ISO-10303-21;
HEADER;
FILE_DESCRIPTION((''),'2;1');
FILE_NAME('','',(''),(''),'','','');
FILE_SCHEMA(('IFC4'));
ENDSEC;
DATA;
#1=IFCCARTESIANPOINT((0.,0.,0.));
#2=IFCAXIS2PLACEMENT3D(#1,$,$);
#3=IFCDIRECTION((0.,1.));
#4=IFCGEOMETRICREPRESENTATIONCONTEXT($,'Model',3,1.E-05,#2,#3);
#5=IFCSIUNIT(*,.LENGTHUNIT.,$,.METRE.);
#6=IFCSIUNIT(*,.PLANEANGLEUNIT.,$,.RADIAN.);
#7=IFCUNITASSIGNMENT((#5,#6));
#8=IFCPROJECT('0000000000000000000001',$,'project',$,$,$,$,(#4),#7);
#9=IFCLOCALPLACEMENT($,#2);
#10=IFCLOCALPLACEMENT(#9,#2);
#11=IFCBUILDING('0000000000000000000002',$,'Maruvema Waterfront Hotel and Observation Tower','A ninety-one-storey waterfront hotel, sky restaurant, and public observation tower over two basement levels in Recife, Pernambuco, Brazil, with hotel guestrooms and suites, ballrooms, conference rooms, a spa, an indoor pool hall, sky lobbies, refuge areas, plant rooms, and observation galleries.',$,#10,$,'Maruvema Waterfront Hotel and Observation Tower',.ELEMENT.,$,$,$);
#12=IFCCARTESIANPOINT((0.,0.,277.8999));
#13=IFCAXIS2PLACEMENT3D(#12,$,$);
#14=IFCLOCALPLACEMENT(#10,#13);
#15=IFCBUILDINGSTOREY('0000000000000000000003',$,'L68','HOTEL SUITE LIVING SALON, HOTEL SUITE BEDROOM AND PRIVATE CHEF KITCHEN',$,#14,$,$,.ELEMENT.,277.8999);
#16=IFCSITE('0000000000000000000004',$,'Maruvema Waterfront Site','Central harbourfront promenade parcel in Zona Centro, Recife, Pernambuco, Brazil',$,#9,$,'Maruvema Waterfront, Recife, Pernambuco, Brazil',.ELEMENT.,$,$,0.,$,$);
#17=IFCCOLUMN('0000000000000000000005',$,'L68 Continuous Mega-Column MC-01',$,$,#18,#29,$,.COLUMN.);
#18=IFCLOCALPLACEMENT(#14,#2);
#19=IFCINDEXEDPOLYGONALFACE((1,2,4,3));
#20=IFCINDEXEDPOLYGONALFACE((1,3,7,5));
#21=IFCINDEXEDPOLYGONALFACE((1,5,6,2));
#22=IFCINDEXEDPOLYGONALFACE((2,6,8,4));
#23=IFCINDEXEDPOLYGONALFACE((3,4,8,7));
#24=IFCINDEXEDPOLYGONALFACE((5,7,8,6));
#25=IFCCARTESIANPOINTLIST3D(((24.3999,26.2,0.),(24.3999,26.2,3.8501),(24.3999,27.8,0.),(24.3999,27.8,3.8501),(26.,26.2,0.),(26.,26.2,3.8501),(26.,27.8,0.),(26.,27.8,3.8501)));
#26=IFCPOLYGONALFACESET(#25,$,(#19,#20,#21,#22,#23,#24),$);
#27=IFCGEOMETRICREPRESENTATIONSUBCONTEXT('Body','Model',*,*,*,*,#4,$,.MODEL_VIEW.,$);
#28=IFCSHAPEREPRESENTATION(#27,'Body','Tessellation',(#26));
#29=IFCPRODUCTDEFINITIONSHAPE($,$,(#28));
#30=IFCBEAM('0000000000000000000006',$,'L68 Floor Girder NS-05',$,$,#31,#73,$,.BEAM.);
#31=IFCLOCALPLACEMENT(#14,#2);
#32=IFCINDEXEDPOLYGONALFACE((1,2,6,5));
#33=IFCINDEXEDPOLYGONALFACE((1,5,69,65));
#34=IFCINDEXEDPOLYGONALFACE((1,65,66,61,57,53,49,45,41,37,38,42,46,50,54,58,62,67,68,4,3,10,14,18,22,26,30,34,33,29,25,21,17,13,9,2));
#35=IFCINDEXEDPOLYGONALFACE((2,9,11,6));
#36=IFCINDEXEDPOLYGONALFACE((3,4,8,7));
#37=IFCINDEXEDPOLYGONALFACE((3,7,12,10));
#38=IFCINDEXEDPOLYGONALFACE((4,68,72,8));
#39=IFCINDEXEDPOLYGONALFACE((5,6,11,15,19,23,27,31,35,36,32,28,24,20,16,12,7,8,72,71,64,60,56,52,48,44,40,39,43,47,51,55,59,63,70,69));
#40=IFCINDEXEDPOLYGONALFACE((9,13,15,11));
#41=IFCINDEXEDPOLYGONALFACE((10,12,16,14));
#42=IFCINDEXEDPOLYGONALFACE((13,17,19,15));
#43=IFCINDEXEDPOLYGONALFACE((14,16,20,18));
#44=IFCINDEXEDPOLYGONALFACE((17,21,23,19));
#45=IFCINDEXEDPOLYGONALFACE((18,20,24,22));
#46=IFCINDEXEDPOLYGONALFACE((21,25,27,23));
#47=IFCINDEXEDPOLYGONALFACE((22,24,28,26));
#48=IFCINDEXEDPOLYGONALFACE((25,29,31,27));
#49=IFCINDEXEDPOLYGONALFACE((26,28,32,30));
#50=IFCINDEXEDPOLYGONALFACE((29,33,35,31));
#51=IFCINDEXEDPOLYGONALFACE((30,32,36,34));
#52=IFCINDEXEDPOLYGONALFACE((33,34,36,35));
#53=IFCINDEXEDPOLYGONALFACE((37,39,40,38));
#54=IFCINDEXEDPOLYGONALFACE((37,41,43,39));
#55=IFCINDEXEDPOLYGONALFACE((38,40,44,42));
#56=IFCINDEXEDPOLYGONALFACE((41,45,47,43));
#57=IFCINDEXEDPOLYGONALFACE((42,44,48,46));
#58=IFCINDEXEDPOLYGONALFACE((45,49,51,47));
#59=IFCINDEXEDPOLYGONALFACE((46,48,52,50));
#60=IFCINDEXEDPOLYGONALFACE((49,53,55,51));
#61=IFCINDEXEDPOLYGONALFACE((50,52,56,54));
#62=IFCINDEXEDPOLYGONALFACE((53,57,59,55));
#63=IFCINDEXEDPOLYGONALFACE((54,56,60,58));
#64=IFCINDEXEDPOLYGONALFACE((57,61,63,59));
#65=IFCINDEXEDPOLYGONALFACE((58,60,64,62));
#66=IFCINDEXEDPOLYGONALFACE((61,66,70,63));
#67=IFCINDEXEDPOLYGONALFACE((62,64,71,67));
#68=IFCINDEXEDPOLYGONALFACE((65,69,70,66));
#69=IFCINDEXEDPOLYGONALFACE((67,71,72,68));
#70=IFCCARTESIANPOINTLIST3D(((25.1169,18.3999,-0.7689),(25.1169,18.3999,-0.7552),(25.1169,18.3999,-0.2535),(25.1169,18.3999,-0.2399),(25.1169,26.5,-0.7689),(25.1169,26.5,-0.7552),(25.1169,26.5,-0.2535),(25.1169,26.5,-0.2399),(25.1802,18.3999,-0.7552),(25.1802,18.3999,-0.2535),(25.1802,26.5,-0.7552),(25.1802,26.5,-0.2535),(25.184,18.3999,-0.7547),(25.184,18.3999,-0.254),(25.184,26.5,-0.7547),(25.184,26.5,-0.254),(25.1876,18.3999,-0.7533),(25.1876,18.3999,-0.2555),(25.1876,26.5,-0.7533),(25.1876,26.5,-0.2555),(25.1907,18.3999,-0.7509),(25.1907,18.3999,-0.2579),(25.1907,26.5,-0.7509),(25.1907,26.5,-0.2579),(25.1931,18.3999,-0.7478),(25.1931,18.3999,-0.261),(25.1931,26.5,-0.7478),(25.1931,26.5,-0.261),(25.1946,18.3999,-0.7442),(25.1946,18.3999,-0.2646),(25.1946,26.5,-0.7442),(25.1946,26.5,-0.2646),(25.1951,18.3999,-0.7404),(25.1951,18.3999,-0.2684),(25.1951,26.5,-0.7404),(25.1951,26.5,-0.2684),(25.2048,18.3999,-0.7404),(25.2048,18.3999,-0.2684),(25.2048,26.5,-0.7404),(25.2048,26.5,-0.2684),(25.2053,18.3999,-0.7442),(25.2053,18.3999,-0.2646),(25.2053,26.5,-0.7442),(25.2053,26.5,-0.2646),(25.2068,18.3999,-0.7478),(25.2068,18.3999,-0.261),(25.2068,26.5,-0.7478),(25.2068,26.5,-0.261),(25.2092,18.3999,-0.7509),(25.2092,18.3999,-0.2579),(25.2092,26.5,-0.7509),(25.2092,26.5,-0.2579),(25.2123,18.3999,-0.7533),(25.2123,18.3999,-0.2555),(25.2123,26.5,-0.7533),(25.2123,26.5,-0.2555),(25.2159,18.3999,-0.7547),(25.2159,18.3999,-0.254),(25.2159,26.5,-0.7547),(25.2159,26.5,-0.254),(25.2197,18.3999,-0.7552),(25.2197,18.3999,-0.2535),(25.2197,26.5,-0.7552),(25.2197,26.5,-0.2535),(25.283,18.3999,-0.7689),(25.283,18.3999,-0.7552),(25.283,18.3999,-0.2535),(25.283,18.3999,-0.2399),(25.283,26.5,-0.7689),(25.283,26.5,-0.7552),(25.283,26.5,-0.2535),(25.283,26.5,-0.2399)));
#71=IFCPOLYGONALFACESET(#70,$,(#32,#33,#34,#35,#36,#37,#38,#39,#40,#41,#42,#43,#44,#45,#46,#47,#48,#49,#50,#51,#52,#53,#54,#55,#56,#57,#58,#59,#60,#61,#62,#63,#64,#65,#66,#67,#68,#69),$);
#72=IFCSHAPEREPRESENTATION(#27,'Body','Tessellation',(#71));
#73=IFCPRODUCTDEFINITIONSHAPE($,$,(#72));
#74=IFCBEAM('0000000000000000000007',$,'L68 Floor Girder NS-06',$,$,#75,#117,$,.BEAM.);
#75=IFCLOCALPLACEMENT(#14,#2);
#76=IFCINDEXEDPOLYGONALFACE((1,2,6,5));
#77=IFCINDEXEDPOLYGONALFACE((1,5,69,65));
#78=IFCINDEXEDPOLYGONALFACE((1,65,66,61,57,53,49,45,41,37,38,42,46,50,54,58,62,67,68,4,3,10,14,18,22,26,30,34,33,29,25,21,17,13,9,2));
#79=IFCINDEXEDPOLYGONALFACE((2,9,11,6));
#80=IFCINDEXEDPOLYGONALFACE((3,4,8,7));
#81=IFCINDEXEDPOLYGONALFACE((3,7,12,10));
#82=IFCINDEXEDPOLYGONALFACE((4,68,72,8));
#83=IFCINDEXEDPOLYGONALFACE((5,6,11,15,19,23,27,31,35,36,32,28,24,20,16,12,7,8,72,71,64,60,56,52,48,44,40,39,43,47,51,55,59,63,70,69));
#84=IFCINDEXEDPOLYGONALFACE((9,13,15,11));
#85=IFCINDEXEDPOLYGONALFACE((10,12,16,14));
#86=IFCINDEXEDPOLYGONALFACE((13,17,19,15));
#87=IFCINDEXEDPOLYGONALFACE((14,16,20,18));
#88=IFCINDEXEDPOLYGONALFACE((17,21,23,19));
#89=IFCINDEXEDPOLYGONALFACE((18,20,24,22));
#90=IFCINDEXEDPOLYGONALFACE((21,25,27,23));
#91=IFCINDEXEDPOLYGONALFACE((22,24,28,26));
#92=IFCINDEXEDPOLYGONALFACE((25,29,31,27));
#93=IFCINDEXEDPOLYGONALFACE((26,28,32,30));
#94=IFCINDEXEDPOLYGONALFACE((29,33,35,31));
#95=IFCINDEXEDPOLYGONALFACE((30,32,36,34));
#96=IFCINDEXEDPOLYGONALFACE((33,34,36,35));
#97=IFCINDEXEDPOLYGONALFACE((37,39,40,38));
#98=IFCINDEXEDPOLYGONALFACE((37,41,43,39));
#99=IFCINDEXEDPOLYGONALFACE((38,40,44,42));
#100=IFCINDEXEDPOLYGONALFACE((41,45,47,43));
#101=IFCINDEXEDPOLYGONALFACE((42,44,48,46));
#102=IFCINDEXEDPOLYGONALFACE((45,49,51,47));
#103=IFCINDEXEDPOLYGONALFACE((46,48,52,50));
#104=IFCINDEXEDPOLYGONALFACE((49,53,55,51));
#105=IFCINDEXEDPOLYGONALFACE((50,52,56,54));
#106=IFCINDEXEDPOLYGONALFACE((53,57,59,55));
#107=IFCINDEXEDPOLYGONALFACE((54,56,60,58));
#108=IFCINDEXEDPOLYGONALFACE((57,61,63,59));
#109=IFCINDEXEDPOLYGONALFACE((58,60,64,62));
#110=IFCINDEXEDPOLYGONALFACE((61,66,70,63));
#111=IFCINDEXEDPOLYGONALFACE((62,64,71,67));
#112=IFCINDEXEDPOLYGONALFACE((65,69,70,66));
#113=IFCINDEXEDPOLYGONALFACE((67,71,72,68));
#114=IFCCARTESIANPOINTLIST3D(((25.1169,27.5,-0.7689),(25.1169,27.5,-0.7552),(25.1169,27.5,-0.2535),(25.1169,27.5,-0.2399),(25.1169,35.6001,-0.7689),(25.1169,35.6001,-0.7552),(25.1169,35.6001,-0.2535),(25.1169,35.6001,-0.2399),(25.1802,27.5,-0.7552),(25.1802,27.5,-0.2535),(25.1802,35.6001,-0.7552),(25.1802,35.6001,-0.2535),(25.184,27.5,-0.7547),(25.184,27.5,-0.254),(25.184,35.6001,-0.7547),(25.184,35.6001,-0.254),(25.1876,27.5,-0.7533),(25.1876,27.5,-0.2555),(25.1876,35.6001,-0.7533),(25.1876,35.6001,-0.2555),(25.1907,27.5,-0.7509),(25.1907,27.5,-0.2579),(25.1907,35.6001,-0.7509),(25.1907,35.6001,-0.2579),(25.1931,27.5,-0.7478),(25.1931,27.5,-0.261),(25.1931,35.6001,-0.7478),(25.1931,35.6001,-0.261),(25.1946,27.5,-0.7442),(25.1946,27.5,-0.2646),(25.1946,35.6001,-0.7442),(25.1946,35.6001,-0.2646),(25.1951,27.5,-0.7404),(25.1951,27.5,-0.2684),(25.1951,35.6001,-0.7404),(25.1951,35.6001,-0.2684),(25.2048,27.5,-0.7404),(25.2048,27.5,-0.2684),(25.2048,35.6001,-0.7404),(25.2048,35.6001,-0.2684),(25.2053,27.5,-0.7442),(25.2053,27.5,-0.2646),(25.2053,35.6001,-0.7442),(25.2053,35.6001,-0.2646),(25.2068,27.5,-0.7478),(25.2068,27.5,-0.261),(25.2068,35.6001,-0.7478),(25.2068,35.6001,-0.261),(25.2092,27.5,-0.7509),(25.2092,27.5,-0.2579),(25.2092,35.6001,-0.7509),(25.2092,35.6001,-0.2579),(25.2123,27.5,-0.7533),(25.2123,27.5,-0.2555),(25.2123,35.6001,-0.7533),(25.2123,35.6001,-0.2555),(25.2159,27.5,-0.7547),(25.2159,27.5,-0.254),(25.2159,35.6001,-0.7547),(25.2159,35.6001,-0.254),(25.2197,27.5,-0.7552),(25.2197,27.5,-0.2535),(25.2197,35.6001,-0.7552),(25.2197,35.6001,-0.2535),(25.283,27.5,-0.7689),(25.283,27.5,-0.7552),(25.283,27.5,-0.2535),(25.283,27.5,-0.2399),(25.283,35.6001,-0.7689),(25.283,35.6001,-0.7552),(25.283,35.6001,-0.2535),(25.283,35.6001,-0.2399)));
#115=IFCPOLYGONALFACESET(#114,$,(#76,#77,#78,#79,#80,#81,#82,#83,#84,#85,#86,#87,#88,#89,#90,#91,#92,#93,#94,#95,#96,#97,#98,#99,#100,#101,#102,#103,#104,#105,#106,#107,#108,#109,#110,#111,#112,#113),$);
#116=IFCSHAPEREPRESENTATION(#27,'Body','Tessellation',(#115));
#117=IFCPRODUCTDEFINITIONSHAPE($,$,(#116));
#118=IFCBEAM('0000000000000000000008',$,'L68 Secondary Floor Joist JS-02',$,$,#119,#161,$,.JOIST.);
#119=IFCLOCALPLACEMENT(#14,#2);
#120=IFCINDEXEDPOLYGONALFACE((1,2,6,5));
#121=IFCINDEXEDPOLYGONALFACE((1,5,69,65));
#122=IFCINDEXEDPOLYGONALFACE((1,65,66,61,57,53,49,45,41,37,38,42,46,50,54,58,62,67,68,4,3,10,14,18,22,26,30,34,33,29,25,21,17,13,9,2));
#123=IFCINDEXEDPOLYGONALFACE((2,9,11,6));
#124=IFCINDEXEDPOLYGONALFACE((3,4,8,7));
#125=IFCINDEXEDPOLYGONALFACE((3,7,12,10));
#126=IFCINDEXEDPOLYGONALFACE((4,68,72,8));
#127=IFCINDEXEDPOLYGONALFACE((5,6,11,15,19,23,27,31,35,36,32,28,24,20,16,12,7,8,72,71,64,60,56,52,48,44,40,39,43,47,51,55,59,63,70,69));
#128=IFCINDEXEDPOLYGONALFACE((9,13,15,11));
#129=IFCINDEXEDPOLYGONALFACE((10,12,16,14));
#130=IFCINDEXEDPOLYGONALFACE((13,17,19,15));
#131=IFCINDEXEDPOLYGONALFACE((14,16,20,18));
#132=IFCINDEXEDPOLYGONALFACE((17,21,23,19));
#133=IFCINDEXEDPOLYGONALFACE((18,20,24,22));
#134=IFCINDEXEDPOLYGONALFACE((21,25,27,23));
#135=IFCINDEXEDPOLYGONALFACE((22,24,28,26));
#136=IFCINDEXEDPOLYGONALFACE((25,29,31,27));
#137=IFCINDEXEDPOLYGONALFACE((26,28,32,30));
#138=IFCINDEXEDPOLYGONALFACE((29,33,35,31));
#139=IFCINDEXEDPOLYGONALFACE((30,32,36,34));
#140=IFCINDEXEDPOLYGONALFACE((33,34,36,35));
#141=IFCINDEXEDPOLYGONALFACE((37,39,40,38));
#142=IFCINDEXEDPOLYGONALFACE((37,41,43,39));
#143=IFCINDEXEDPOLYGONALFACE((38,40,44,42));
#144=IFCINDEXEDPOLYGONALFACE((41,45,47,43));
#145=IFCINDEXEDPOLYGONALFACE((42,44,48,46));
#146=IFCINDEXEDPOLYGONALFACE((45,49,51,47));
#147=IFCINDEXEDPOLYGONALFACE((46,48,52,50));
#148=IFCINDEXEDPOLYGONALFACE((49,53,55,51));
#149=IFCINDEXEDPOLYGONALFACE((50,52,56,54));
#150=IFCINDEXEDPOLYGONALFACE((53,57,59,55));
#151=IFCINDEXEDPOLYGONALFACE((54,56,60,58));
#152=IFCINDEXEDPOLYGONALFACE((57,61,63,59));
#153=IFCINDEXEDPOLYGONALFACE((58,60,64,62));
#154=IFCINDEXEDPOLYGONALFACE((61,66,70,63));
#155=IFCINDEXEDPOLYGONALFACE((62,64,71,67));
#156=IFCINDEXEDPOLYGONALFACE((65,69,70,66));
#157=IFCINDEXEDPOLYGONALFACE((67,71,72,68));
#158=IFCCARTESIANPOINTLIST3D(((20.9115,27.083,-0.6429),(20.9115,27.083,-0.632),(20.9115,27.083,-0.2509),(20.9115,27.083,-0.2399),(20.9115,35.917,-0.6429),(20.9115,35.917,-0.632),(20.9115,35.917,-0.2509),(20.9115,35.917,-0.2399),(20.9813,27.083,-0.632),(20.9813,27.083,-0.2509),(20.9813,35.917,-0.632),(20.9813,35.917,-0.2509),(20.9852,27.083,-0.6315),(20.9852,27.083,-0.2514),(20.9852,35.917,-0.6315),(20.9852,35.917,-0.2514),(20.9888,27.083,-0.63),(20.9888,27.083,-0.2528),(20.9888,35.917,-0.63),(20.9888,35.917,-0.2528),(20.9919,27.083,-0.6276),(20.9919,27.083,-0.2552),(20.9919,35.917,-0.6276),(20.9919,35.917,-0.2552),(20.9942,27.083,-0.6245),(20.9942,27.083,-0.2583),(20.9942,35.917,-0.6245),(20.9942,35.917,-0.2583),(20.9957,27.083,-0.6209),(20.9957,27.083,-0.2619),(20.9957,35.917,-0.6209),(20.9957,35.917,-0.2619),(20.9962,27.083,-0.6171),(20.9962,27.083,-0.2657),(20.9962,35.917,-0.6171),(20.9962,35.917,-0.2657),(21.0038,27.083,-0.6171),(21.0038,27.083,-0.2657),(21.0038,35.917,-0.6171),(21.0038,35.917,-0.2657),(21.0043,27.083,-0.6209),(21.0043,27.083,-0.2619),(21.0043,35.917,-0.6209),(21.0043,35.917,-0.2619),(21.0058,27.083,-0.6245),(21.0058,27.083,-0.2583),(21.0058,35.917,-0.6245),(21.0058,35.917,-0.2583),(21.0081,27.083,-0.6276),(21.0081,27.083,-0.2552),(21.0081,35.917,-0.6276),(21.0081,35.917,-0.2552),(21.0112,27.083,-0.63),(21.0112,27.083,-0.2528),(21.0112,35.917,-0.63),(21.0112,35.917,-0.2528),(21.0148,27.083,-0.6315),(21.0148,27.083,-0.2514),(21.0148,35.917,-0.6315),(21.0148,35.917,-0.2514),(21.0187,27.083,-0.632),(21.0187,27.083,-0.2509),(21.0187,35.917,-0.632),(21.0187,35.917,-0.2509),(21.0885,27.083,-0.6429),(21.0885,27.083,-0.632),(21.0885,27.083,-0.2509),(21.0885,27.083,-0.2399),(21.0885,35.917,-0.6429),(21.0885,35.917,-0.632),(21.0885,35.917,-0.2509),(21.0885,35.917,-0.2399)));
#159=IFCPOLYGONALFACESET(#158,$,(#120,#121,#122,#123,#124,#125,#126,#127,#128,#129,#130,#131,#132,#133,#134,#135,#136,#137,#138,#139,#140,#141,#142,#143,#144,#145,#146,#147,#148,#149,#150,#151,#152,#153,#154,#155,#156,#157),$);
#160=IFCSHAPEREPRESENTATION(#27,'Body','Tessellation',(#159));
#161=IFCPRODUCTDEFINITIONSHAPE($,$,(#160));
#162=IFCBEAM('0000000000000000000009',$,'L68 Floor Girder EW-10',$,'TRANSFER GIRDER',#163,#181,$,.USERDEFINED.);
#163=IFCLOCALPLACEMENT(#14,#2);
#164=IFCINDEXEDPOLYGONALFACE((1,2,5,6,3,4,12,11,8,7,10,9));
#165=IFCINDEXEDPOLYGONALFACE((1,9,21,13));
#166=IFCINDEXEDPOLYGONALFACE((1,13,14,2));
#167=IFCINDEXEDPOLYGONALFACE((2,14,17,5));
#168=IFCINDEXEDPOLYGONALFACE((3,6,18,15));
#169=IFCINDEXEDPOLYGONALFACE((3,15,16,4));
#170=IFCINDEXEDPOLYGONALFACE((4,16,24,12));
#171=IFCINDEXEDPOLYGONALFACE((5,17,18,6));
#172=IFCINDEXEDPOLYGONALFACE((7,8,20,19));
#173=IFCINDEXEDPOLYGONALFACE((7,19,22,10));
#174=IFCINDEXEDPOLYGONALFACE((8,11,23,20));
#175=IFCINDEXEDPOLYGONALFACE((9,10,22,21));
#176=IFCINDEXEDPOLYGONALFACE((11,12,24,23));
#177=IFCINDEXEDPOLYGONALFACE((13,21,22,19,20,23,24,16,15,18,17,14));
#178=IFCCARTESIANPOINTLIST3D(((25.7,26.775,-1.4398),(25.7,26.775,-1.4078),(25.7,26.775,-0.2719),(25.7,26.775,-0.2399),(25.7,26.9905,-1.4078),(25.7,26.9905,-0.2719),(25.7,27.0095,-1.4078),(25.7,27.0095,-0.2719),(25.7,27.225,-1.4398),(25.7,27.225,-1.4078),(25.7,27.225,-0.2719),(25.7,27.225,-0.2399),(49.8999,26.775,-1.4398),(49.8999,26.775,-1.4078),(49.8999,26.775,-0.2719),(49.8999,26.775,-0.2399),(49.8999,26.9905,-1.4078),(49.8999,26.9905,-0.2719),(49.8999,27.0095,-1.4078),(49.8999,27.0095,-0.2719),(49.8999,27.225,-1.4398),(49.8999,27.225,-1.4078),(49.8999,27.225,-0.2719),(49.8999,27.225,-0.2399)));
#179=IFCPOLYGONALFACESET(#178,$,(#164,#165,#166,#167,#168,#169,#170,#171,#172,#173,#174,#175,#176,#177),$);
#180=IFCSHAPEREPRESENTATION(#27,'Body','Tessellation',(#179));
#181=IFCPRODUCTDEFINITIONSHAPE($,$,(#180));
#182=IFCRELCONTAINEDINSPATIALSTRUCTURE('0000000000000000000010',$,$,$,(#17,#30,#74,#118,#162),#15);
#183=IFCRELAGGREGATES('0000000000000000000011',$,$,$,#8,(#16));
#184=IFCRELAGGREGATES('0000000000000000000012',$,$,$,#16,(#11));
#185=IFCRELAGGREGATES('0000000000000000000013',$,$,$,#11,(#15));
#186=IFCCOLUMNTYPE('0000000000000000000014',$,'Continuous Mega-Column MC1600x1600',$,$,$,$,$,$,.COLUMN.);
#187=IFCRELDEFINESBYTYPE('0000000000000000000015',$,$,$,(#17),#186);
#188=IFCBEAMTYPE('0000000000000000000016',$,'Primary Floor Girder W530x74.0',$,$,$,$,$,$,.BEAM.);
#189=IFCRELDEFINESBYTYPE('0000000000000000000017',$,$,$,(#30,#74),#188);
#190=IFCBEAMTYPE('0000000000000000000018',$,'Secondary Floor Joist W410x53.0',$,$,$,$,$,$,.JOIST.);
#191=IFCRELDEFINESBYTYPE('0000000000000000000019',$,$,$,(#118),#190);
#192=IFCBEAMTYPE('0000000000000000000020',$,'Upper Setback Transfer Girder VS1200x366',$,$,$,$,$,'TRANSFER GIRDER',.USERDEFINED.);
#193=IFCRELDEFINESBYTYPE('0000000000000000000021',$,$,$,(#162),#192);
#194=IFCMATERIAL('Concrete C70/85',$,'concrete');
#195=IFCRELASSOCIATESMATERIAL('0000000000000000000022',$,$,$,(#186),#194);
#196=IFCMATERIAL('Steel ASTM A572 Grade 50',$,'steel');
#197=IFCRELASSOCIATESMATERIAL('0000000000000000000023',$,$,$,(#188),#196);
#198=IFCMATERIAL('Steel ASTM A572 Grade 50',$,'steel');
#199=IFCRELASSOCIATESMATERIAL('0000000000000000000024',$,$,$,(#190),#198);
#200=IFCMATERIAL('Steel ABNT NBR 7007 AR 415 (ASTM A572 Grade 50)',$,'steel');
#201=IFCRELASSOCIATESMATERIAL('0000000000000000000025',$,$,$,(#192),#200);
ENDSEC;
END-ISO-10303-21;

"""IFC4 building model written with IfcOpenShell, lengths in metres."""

from ifc_helpers import new_model, si_unit, direction, frame, origin, origin_2d, place, context, subcontext, project, spatial, rectangle, i_section, extrude, material, material_profile, profile_set, type_object, element, save


model = new_model("IFC4")

# Units and contexts
model_context = context("Model", 3, precision=1e-05, world=origin(), true_north=direction((0.0, 1.0)))
body_context = subcontext(model_context, "Body", "Model", "MODEL_VIEW")
ifc_project = project(units=[si_unit("LENGTHUNIT", "METRE"), si_unit("PLANEANGLEUNIT", "RADIAN")], contexts=[model_context])

# Site, building, storey
site_placement = place(None, origin())
site = spatial("IfcSite", under=ifc_project, at=site_placement, Name="Maruvema Waterfront Site", Description="Central harbourfront promenade parcel in Zona Centro, Recife, Pernambuco, Brazil", LongName="Maruvema Waterfront, Recife, Pernambuco, Brazil", CompositionType="ELEMENT", RefElevation=0.0)
building_placement = place(site_placement, origin())
building = spatial("IfcBuilding", under=site, at=building_placement, Name="Maruvema Waterfront Hotel and Observation Tower", Description="A ninety-one-storey waterfront hotel, sky restaurant, and public observation tower over two basement levels in Recife, Pernambuco, Brazil, with hotel guestrooms and suites, ballrooms, conference rooms, a spa, an indoor pool hall, sky lobbies, refuge areas, plant rooms, and observation galleries.", LongName="Maruvema Waterfront Hotel and Observation Tower", CompositionType="ELEMENT")
storey_placement = place(building_placement, frame((0.0, 0.0, 277.8999)))
storey = spatial("IfcBuildingStorey", under=building, at=storey_placement, Name="L68", Description="HOTEL SUITE LIVING SALON, HOTEL SUITE BEDROOM AND PRIVATE CHEF KITCHEN", CompositionType="ELEMENT", Elevation=277.8999)

# Column
ifc_material_1 = material(Name="Concrete C70/85", Category="concrete")
ifc_material_profile_1 = material_profile(ifc_material_1, rectangle(XDim=1.6001, YDim=1.6001, at=origin_2d()), Name="MC1600x1600")
ifc_profile_set_1 = profile_set([ifc_material_profile_1], Name="Concrete C70/85")
column_type = type_object("IfcColumnType", Name="Continuous Mega-Column MC1600x1600", PredefinedType="COLUMN", material=ifc_profile_set_1)
column_placement = place(storey_placement, frame((25.2, 27.0, 0.0), z_axis=(0.0, 0.0, 1.0), x_axis=(1.0, 0.0, 0.0)))
element("IfcColumn", 1, at=column_placement, inside=storey, type_object=column_type, Name="L68 Continuous Mega-Column MC-01", PredefinedType="COLUMN", context=body_context, shape_type="SweptSolid", body=[
    extrude(rectangle(XDim=1.6001, YDim=1.6001, at=origin_2d()), origin(), (0.0, 0.0, 1.0), 3.8501),
])

# Beams
ifc_material_2 = material(Name="Steel ASTM A572 Grade 50", Category="steel")
ifc_material_profile_2 = material_profile(ifc_material_2, i_section(OverallWidth=0.166, OverallDepth=0.5291, WebThickness=0.0098, FlangeThickness=0.0137, FilletRadius=0.0149, at=origin_2d()), Name="W530x74.0")
ifc_profile_set_2 = profile_set([ifc_material_profile_2], Name="Steel ASTM A572 Grade 50")
beam_type_1 = type_object("IfcBeamType", Name="Primary Floor Girder W530x74.0", PredefinedType="BEAM", material=ifc_profile_set_2)
for number, where, z_axis, x_axis, name in (
    (2, (25.2, 18.3999, -0.5044), (0.0, 1.0, 0.0), (-1.0, 0.0, 0.0), "L68 Floor Girder NS-05"),
    (3, (25.2, 27.5, -0.5044), (0.0, 1.0, 0.0), (-1.0, 0.0, 0.0), "L68 Floor Girder NS-06"),
):
    element("IfcBeam", number, at=place(storey_placement, frame(where, z_axis=z_axis, x_axis=x_axis)), inside=storey, type_object=beam_type_1, Name=name, PredefinedType="BEAM", context=body_context, shape_type="SweptSolid", body=[
        extrude(i_section(OverallWidth=0.166, OverallDepth=0.5291, WebThickness=0.0098, FlangeThickness=0.0137, FilletRadius=0.0149, at=origin_2d()), origin(), (0.0, 0.0, 1.0), 8.1001),
    ])
ifc_material_3 = material(Name="Steel ASTM A572 Grade 50", Category="steel")
ifc_material_profile_3 = material_profile(ifc_material_3, i_section(OverallWidth=0.177, OverallDepth=0.4031, WebThickness=0.0076, FlangeThickness=0.011, FilletRadius=0.0149, at=origin_2d()), Name="W410x53.0")
ifc_profile_set_3 = profile_set([ifc_material_profile_3], Name="Steel ASTM A572 Grade 50")
beam_type_2 = type_object("IfcBeamType", Name="Secondary Floor Joist W410x53.0", PredefinedType="JOIST", material=ifc_profile_set_3)
beam_1_placement = place(storey_placement, frame((21.0, 27.083, -0.4414), z_axis=(0.0, 1.0, 0.0), x_axis=(-1.0, 0.0, 0.0)))
element("IfcBeam", 4, at=beam_1_placement, inside=storey, type_object=beam_type_2, Name="L68 Secondary Floor Joist JS-02", PredefinedType="JOIST", context=body_context, shape_type="SweptSolid", body=[
    extrude(i_section(OverallWidth=0.177, OverallDepth=0.4031, WebThickness=0.0076, FlangeThickness=0.011, FilletRadius=0.0149, at=origin_2d()), origin(), (0.0, 0.0, 1.0), 8.834),
])
ifc_material_4 = material(Name="Steel ABNT NBR 7007 AR 415 (ASTM A572 Grade 50)", Category="steel")
ifc_material_profile_4 = material_profile(ifc_material_4, i_section(OverallWidth=0.45, OverallDepth=1.2, WebThickness=0.019, FlangeThickness=0.032, at=origin_2d()), Name="VS1200x366")
ifc_profile_set_4 = profile_set([ifc_material_profile_4], Name="Steel ABNT NBR 7007 AR 415 (ASTM A572 Grade 50)")
beam_type_3 = type_object("IfcBeamType", Name="Upper Setback Transfer Girder VS1200x366", ElementType="TRANSFER GIRDER", PredefinedType="USERDEFINED", material=ifc_profile_set_4)
beam_2_placement = place(storey_placement, frame((25.7, 27.0, -0.8398), z_axis=(1.0, 0.0, 0.0), x_axis=(0.0, 1.0, 0.0)))
element("IfcBeam", 5, at=beam_2_placement, inside=storey, type_object=beam_type_3, Name="L68 Floor Girder EW-10", ObjectType="TRANSFER GIRDER", PredefinedType="USERDEFINED", context=body_context, shape_type="SweptSolid", body=[
    extrude(i_section(OverallWidth=0.45, OverallDepth=1.2, WebThickness=0.019, FlangeThickness=0.032, at=origin_2d()), origin(), (0.0, 0.0, 1.0), 24.2),
])

save(model, "model.ifc")
